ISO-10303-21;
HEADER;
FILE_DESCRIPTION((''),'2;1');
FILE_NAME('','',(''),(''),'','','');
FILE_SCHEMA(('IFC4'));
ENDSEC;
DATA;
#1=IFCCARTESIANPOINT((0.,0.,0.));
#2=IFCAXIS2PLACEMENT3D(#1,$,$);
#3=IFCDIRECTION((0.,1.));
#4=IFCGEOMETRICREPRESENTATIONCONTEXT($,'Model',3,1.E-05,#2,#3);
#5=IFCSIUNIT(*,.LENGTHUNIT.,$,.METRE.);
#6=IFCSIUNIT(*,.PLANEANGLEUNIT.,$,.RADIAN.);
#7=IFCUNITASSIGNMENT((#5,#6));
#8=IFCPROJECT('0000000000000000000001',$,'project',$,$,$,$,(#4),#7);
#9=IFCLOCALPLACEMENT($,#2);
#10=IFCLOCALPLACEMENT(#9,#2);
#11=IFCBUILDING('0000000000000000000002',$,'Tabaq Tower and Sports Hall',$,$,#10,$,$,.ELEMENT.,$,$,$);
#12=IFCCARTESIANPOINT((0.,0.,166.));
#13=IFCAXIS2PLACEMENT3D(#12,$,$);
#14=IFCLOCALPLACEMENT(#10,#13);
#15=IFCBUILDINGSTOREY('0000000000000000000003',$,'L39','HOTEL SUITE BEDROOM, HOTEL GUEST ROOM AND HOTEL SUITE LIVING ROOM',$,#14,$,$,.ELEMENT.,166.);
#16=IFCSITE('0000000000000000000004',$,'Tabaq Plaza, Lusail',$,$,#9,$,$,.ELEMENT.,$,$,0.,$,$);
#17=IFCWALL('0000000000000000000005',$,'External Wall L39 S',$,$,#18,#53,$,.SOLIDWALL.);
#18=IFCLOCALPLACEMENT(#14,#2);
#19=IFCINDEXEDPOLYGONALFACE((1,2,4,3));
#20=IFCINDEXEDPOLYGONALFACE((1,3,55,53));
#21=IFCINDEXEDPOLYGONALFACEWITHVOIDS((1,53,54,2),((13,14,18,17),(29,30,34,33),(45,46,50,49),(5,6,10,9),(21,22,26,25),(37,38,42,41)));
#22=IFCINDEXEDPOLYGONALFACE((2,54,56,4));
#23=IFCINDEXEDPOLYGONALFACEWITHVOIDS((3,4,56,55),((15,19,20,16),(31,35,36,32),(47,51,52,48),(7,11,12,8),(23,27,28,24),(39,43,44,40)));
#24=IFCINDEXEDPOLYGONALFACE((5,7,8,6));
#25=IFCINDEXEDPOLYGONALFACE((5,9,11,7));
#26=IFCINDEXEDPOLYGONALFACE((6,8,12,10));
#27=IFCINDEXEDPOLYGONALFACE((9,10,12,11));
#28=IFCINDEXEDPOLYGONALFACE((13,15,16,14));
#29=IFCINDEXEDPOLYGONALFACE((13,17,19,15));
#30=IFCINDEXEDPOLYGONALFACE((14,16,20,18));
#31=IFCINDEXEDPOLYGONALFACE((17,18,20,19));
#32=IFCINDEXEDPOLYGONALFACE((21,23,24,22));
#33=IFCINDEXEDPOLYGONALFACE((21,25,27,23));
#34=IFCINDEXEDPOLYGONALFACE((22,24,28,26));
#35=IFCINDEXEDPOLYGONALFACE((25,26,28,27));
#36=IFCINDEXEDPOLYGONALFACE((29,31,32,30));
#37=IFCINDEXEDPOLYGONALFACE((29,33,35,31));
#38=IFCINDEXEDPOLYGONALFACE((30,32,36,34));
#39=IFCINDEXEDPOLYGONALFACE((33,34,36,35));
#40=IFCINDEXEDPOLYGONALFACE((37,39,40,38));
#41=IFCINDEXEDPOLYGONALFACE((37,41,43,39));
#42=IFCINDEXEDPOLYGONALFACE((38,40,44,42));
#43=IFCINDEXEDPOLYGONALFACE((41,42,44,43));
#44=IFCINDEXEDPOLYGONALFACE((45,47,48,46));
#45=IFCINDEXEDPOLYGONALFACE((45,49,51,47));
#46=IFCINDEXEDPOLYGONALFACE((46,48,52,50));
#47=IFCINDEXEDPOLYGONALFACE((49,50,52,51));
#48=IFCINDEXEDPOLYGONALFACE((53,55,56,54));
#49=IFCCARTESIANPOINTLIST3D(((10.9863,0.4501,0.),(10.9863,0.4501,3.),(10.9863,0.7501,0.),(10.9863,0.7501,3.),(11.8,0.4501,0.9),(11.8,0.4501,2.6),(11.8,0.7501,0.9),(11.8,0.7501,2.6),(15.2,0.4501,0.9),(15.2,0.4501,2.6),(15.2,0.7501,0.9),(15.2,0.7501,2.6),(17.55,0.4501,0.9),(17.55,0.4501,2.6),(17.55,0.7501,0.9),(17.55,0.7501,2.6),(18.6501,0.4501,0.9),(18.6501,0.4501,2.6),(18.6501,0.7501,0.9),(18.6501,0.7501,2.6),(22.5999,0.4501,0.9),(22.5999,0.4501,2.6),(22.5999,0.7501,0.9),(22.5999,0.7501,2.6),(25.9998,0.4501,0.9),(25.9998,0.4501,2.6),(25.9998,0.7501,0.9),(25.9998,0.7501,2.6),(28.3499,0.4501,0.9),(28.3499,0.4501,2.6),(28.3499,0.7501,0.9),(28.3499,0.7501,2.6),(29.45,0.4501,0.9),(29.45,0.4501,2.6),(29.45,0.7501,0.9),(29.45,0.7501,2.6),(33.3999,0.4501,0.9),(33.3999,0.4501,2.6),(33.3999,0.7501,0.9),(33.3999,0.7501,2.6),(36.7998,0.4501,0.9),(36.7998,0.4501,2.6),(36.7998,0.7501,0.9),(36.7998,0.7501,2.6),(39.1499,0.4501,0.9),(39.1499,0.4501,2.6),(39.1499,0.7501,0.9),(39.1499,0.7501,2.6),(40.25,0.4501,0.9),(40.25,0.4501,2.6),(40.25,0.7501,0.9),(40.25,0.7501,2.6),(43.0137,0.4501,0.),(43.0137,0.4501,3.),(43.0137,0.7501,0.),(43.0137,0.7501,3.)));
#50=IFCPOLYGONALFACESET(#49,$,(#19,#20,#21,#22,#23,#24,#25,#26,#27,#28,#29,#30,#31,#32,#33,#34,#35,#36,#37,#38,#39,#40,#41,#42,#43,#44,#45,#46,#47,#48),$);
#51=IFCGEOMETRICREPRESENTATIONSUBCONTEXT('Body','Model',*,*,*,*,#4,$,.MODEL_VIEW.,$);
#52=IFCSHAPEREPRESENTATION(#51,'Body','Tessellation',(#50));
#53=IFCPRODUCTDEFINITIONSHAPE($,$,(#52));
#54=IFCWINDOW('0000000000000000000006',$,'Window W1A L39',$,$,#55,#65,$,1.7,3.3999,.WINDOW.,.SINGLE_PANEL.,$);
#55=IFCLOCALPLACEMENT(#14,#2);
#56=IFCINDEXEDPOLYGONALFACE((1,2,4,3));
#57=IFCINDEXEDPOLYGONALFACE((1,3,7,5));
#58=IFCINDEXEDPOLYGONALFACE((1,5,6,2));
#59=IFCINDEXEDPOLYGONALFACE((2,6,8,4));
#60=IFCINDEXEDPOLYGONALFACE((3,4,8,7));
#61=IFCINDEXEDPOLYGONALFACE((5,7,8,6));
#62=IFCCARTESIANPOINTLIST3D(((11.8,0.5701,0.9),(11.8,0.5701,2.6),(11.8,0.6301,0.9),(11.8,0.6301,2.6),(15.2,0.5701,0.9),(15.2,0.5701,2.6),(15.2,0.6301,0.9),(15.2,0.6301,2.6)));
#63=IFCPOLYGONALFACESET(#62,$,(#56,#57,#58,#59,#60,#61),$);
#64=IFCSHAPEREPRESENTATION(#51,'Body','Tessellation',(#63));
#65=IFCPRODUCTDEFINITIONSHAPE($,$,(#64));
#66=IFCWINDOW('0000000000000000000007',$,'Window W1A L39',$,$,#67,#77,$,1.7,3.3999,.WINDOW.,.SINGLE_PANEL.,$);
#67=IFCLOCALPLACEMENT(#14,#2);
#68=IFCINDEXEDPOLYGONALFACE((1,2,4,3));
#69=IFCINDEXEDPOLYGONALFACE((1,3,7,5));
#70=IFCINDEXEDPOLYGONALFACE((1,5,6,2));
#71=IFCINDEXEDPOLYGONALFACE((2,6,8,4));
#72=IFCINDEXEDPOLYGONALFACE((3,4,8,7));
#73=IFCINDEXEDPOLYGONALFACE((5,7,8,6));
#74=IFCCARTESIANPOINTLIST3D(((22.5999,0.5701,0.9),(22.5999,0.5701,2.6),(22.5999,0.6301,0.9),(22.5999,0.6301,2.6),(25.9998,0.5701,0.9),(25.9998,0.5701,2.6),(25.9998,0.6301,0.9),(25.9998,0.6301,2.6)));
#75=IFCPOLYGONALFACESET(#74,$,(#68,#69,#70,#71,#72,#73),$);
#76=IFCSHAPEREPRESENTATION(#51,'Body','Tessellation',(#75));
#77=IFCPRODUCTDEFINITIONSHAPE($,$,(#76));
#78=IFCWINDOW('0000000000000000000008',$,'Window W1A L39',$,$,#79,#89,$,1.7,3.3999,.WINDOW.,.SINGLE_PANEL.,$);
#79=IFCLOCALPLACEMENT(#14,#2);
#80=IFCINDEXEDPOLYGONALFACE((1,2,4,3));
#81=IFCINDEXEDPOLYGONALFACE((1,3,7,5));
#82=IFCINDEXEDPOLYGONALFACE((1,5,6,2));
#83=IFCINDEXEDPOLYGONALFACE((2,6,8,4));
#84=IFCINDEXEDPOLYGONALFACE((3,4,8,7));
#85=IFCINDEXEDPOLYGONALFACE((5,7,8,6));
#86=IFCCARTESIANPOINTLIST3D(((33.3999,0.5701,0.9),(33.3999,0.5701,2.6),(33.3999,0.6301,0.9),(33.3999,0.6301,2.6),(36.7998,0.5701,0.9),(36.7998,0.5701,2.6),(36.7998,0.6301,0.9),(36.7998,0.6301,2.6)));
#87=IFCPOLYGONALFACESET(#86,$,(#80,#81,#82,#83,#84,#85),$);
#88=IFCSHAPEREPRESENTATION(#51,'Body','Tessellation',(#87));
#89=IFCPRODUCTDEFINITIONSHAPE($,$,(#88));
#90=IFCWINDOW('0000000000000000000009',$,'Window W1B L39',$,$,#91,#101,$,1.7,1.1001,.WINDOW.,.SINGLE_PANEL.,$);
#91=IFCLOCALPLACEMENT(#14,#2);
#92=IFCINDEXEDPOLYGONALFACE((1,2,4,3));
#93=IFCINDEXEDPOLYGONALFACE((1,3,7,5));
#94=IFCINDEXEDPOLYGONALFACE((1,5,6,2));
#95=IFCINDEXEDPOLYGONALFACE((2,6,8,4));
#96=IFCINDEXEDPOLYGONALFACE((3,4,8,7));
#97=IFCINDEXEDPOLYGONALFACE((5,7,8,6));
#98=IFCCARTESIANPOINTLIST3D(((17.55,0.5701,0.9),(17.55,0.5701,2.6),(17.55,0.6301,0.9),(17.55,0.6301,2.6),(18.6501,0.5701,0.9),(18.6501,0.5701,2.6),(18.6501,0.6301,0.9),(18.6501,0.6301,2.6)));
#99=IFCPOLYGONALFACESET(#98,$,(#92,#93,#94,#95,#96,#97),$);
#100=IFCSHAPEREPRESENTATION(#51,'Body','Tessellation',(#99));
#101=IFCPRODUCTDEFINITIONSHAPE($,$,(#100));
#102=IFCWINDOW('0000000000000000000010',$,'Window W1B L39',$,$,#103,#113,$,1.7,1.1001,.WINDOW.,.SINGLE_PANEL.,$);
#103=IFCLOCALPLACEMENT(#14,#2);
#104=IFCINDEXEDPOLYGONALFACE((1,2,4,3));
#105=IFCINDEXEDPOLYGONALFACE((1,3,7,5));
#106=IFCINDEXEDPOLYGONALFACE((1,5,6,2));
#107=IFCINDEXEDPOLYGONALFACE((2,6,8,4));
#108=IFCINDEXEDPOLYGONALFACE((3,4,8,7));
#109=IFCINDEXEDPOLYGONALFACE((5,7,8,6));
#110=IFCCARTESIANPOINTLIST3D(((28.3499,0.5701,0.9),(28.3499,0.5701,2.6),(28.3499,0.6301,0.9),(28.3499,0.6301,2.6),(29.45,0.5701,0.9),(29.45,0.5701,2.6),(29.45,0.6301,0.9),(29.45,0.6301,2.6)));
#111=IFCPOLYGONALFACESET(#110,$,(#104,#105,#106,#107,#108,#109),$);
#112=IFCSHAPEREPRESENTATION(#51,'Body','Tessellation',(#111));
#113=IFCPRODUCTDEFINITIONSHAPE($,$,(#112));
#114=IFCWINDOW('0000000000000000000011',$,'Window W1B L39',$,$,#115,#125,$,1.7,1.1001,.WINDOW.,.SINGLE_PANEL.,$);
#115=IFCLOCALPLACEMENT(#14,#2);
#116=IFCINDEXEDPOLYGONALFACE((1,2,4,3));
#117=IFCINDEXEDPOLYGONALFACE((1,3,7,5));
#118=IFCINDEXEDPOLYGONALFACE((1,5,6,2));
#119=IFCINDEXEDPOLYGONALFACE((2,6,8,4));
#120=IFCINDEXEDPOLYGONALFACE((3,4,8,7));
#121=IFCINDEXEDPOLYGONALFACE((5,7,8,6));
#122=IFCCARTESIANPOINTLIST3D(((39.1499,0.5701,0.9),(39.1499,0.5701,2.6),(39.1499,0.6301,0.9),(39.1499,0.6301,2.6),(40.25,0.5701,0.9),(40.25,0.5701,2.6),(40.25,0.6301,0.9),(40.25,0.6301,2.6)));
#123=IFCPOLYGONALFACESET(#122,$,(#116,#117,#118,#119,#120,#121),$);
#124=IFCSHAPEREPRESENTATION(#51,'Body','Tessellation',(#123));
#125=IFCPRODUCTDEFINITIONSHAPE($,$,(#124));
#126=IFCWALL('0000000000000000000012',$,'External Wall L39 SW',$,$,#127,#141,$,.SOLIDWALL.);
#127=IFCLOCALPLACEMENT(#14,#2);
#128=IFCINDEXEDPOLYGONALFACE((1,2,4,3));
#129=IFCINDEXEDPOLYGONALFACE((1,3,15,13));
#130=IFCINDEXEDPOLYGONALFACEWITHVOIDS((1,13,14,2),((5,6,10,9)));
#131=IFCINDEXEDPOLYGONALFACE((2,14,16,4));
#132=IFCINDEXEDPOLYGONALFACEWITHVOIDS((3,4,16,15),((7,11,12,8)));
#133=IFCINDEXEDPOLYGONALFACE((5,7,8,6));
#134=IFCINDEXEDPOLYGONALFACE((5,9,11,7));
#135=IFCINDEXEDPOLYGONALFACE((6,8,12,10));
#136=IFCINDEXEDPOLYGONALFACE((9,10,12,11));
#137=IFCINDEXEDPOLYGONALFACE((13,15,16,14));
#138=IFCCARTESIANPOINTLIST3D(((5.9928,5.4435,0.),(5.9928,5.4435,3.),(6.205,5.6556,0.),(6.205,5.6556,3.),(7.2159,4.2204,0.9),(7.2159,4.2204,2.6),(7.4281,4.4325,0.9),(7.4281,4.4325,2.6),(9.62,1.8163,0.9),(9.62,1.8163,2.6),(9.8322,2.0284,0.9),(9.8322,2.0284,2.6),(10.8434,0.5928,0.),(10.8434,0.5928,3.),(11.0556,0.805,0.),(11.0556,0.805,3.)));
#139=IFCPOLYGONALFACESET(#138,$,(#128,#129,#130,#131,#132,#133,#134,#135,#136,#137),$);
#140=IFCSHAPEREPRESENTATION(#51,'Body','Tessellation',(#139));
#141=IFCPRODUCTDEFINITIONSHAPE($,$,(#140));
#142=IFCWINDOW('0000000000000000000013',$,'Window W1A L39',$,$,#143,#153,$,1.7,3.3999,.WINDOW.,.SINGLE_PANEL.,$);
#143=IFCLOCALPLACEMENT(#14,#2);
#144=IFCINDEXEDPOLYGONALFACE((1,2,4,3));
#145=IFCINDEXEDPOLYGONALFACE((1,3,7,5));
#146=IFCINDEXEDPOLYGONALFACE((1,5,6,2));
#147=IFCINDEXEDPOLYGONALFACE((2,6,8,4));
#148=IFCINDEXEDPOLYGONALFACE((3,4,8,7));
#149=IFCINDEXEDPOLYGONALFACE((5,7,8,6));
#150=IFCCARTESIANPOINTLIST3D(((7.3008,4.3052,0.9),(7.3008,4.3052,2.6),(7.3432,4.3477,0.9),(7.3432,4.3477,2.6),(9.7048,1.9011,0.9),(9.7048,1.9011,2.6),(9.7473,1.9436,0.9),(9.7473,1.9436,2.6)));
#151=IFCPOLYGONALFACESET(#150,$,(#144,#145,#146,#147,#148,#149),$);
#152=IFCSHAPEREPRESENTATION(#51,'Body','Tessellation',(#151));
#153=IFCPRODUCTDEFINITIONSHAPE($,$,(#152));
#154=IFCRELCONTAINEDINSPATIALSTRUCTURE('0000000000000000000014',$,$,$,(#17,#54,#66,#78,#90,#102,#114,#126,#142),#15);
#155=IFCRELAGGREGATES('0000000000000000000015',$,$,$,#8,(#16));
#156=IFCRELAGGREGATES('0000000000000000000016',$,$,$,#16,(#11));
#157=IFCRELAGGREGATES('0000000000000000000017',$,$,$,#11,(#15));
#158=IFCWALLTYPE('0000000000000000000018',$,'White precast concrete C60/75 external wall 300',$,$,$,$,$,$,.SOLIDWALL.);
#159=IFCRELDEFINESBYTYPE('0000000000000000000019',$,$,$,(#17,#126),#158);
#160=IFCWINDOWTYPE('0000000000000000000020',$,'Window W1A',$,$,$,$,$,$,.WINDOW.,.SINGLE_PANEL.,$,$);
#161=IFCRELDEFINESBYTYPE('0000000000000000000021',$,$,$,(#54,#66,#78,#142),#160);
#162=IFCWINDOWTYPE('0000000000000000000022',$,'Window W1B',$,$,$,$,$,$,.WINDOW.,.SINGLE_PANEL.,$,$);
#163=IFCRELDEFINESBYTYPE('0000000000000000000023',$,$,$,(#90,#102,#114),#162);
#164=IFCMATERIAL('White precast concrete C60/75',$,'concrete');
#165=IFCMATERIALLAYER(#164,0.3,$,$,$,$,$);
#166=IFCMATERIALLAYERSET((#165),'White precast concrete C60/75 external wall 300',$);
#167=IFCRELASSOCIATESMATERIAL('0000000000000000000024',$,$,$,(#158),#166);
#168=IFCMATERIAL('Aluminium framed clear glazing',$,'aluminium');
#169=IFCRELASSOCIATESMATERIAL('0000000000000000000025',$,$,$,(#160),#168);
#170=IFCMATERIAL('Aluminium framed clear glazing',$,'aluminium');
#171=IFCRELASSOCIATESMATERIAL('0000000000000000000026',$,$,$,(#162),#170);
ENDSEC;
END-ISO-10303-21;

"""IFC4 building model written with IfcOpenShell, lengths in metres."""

from ifc_helpers import new_model, si_unit, direction, frame, frame_2d, origin, place, context, subcontext, project, spatial, rectangle, extrude, material, layer, layer_set, type_object, element, fill, save


model = new_model("IFC4")

# Units and contexts
model_context = context("Model", 3, precision=1e-05, world=origin(), true_north=direction((0.0, 1.0)))
body_context = subcontext(model_context, "Body", "Model", "MODEL_VIEW")
ifc_project = project(units=[si_unit("LENGTHUNIT", "METRE"), si_unit("PLANEANGLEUNIT", "RADIAN")], contexts=[model_context])

# Site, building, storey
site_placement = place(None, origin())
site = spatial("IfcSite", under=ifc_project, at=site_placement, Name="Tabaq Plaza, Lusail", CompositionType="ELEMENT", RefElevation=0.0)
building_placement = place(site_placement, origin())
building = spatial("IfcBuilding", under=site, at=building_placement, Name="Tabaq Tower and Sports Hall", CompositionType="ELEMENT")
storey_placement = place(building_placement, frame((0.0, 0.0, 166.0)))
storey = spatial("IfcBuildingStorey", under=building, at=storey_placement, Name="L39", Description="HOTEL SUITE BEDROOM, HOTEL GUEST ROOM AND HOTEL SUITE LIVING ROOM", CompositionType="ELEMENT", Elevation=166.0)

# Wall, openings, windows
ifc_material_1 = material(Name="White precast concrete C60/75", Category="concrete")
ifc_layer_1 = layer(ifc_material_1, 0.3)
ifc_layer_set_1 = layer_set([ifc_layer_1], Name="White precast concrete C60/75 external wall 300")
wall_type_1 = type_object("IfcWallType", Name="White precast concrete C60/75 external wall 300", PredefinedType="SOLIDWALL", material=ifc_layer_set_1)
wall_1_placement = place(storey_placement, frame((10.9863, 0.6001, 0.0), z_axis=(0.0, 0.0, 1.0), x_axis=(1.0, 0.0, 0.0)))
wall_1 = element("IfcWall", 1, at=wall_1_placement, inside=storey, type_object=wall_type_1, Name="External Wall L39 S", PredefinedType="SOLIDWALL", context=body_context, shape_type="SweptSolid", body=[
    extrude(rectangle(XDim=32.0273, YDim=0.3, at=frame_2d((16.0137, 0.0))), origin(), (0.0, 0.0, 1.0), 3.0),
])
opening_1_placement = place(wall_1_placement, frame((0.8137, 0.0, 0.8999)))
opening_1 = element("IfcOpeningElement", 2, at=opening_1_placement, cuts=wall_1, PredefinedType="OPENING", context=body_context, shape_type="SweptSolid", body=[
    extrude(rectangle(XDim=3.3999, YDim=1.7, at=frame_2d((1.7, 0.8501))), frame((0.0, 0.1602, 0.0), z_axis=(0.0, -1.0, 0.0), x_axis=(1.0, 0.0, 0.0)), (0.0, 0.0, 1.0), 0.3201),
])
opening_2_placement = place(wall_1_placement, frame((6.5637, 0.0, 0.8999)))
opening_2 = element("IfcOpeningElement", 3, at=opening_2_placement, cuts=wall_1, PredefinedType="OPENING", context=body_context, shape_type="SweptSolid", body=[
    extrude(rectangle(XDim=1.1001, YDim=1.7, at=frame_2d((0.55, 0.8501))), frame((0.0, 0.1602, 0.0), z_axis=(0.0, -1.0, 0.0), x_axis=(1.0, 0.0, 0.0)), (0.0, 0.0, 1.0), 0.3201),
])
opening_3_placement = place(wall_1_placement, frame((11.6135, 0.0, 0.8999)))
opening_3 = element("IfcOpeningElement", 4, at=opening_3_placement, cuts=wall_1, PredefinedType="OPENING", context=body_context, shape_type="SweptSolid", body=[
    extrude(rectangle(XDim=3.3999, YDim=1.7, at=frame_2d((1.7, 0.8501))), frame((0.0, 0.1602, 0.0), z_axis=(0.0, -1.0, 0.0), x_axis=(1.0, 0.0, 0.0)), (0.0, 0.0, 1.0), 0.3201),
])
opening_4_placement = place(wall_1_placement, frame((17.3635, 0.0, 0.8999)))
opening_4 = element("IfcOpeningElement", 5, at=opening_4_placement, cuts=wall_1, PredefinedType="OPENING", context=body_context, shape_type="SweptSolid", body=[
    extrude(rectangle(XDim=1.1001, YDim=1.7, at=frame_2d((0.55, 0.8501))), frame((0.0, 0.1602, 0.0), z_axis=(0.0, -1.0, 0.0), x_axis=(1.0, 0.0, 0.0)), (0.0, 0.0, 1.0), 0.3201),
])
opening_5_placement = place(wall_1_placement, frame((22.4136, 0.0, 0.8999)))
opening_5 = element("IfcOpeningElement", 6, at=opening_5_placement, cuts=wall_1, PredefinedType="OPENING", context=body_context, shape_type="SweptSolid", body=[
    extrude(rectangle(XDim=3.3999, YDim=1.7, at=frame_2d((1.7, 0.8501))), frame((0.0, 0.1602, 0.0), z_axis=(0.0, -1.0, 0.0), x_axis=(1.0, 0.0, 0.0)), (0.0, 0.0, 1.0), 0.3201),
])
opening_6_placement = place(wall_1_placement, frame((28.1636, 0.0, 0.8999)))
opening_6 = element("IfcOpeningElement", 7, at=opening_6_placement, cuts=wall_1, PredefinedType="OPENING", context=body_context, shape_type="SweptSolid", body=[
    extrude(rectangle(XDim=1.1001, YDim=1.7, at=frame_2d((0.55, 0.8501))), frame((0.0, 0.1602, 0.0), z_axis=(0.0, -1.0, 0.0), x_axis=(1.0, 0.0, 0.0)), (0.0, 0.0, 1.0), 0.3201),
])
ifc_material_2 = material(Name="Aluminium framed clear glazing", Category="aluminium")
window_type_1 = type_object("IfcWindowType", Name="Window W1A", PartitioningType="SINGLE_PANEL", PredefinedType="WINDOW", material=ifc_material_2)
window_1_placement = place(opening_1_placement, origin())
window_1 = element("IfcWindow", 8, at=window_1_placement, inside=storey, type_object=window_type_1, Name="Window W1A L39", OverallHeight=1.7, OverallWidth=3.3999, PartitioningType="SINGLE_PANEL", PredefinedType="WINDOW", context=body_context, shape_type="SweptSolid", body=[
    extrude(rectangle(XDim=3.3999, YDim=1.7, at=frame_2d((1.7, 0.8501))), frame((0.0, 0.03, 0.0), z_axis=(0.0, -1.0, 0.0), x_axis=(1.0, 0.0, 0.0)), (0.0, 0.0, 1.0), 0.0601),
])
fill(opening_1, window_1)
window_2_placement = place(opening_3_placement, origin())
window_2 = element("IfcWindow", 9, at=window_2_placement, inside=storey, type_object=window_type_1, Name="Window W1A L39", OverallHeight=1.7, OverallWidth=3.3999, PartitioningType="SINGLE_PANEL", PredefinedType="WINDOW", context=body_context, shape_type="SweptSolid", body=[
    extrude(rectangle(XDim=3.3999, YDim=1.7, at=frame_2d((1.7, 0.8501))), frame((0.0, 0.03, 0.0), z_axis=(0.0, -1.0, 0.0), x_axis=(1.0, 0.0, 0.0)), (0.0, 0.0, 1.0), 0.0601),
])
fill(opening_3, window_2)
window_3_placement = place(opening_5_placement, origin())
window_3 = element("IfcWindow", 10, at=window_3_placement, inside=storey, type_object=window_type_1, Name="Window W1A L39", OverallHeight=1.7, OverallWidth=3.3999, PartitioningType="SINGLE_PANEL", PredefinedType="WINDOW", context=body_context, shape_type="SweptSolid", body=[
    extrude(rectangle(XDim=3.3999, YDim=1.7, at=frame_2d((1.7, 0.8501))), frame((0.0, 0.03, 0.0), z_axis=(0.0, -1.0, 0.0), x_axis=(1.0, 0.0, 0.0)), (0.0, 0.0, 1.0), 0.0601),
])
fill(opening_5, window_3)
ifc_material_3 = material(Name="Aluminium framed clear glazing", Category="aluminium")
window_type_2 = type_object("IfcWindowType", Name="Window W1B", PartitioningType="SINGLE_PANEL", PredefinedType="WINDOW", material=ifc_material_3)
window_4_placement = place(opening_2_placement, origin())
window_4 = element("IfcWindow", 11, at=window_4_placement, inside=storey, type_object=window_type_2, Name="Window W1B L39", OverallHeight=1.7, OverallWidth=1.1001, PartitioningType="SINGLE_PANEL", PredefinedType="WINDOW", context=body_context, shape_type="SweptSolid", body=[
    extrude(rectangle(XDim=1.1001, YDim=1.7, at=frame_2d((0.55, 0.8501))), frame((0.0, 0.03, 0.0), z_axis=(0.0, -1.0, 0.0), x_axis=(1.0, 0.0, 0.0)), (0.0, 0.0, 1.0), 0.0601),
])
fill(opening_2, window_4)
window_5_placement = place(opening_4_placement, origin())
window_5 = element("IfcWindow", 12, at=window_5_placement, inside=storey, type_object=window_type_2, Name="Window W1B L39", OverallHeight=1.7, OverallWidth=1.1001, PartitioningType="SINGLE_PANEL", PredefinedType="WINDOW", context=body_context, shape_type="SweptSolid", body=[
    extrude(rectangle(XDim=1.1001, YDim=1.7, at=frame_2d((0.55, 0.8501))), frame((0.0, 0.03, 0.0), z_axis=(0.0, -1.0, 0.0), x_axis=(1.0, 0.0, 0.0)), (0.0, 0.0, 1.0), 0.0601),
])
fill(opening_4, window_5)
window_6_placement = place(opening_6_placement, origin())
window_6 = element("IfcWindow", 13, at=window_6_placement, inside=storey, type_object=window_type_2, Name="Window W1B L39", OverallHeight=1.7, OverallWidth=1.1001, PartitioningType="SINGLE_PANEL", PredefinedType="WINDOW", context=body_context, shape_type="SweptSolid", body=[
    extrude(rectangle(XDim=1.1001, YDim=1.7, at=frame_2d((0.55, 0.8501))), frame((0.0, 0.03, 0.0), z_axis=(0.0, -1.0, 0.0), x_axis=(1.0, 0.0, 0.0)), (0.0, 0.0, 1.0), 0.0601),
])
fill(opening_6, window_6)

# Wall, opening, window
wall_2_placement = place(storey_placement, frame((6.0989, 5.5496, 0.0), z_axis=(0.0, 0.0, 1.0), x_axis=(0.707107, -0.707107, 0.0)))
wall_2 = element("IfcWall", 14, at=wall_2_placement, inside=storey, type_object=wall_type_1, Name="External Wall L39 SW", PredefinedType="SOLIDWALL", context=body_context, shape_type="SweptSolid", body=[
    extrude(rectangle(XDim=6.8599, YDim=0.3, at=frame_2d((3.4299, 0.0))), origin(), (0.0, 0.0, 1.0), 3.0),
])
opening_7_placement = place(wall_2_placement, frame((1.7297, 0.0, 0.8999)))
opening_7 = element("IfcOpeningElement", 15, at=opening_7_placement, cuts=wall_2, PredefinedType="OPENING", context=body_context, shape_type="SweptSolid", body=[
    extrude(rectangle(XDim=3.3999, YDim=1.7, at=frame_2d((1.7, 0.8501))), frame((0.0, 0.1602, 0.0), z_axis=(0.0, -1.0, 0.0), x_axis=(1.0, 0.0, 0.0)), (0.0, 0.0, 1.0), 0.3201),
])
window_7_placement = place(opening_7_placement, origin())
window_7 = element("IfcWindow", 16, at=window_7_placement, inside=storey, type_object=window_type_1, Name="Window W1A L39", OverallHeight=1.7, OverallWidth=3.3999, PartitioningType="SINGLE_PANEL", PredefinedType="WINDOW", context=body_context, shape_type="SweptSolid", body=[
    extrude(rectangle(XDim=3.3999, YDim=1.7, at=frame_2d((1.7, 0.8501))), frame((0.0, 0.03, 0.0), z_axis=(0.0, -1.0, 0.0), x_axis=(1.0, 0.0, 0.0)), (0.0, 0.0, 1.0), 0.0601),
])
fill(opening_7, window_7)

save(model, "model.ifc")
